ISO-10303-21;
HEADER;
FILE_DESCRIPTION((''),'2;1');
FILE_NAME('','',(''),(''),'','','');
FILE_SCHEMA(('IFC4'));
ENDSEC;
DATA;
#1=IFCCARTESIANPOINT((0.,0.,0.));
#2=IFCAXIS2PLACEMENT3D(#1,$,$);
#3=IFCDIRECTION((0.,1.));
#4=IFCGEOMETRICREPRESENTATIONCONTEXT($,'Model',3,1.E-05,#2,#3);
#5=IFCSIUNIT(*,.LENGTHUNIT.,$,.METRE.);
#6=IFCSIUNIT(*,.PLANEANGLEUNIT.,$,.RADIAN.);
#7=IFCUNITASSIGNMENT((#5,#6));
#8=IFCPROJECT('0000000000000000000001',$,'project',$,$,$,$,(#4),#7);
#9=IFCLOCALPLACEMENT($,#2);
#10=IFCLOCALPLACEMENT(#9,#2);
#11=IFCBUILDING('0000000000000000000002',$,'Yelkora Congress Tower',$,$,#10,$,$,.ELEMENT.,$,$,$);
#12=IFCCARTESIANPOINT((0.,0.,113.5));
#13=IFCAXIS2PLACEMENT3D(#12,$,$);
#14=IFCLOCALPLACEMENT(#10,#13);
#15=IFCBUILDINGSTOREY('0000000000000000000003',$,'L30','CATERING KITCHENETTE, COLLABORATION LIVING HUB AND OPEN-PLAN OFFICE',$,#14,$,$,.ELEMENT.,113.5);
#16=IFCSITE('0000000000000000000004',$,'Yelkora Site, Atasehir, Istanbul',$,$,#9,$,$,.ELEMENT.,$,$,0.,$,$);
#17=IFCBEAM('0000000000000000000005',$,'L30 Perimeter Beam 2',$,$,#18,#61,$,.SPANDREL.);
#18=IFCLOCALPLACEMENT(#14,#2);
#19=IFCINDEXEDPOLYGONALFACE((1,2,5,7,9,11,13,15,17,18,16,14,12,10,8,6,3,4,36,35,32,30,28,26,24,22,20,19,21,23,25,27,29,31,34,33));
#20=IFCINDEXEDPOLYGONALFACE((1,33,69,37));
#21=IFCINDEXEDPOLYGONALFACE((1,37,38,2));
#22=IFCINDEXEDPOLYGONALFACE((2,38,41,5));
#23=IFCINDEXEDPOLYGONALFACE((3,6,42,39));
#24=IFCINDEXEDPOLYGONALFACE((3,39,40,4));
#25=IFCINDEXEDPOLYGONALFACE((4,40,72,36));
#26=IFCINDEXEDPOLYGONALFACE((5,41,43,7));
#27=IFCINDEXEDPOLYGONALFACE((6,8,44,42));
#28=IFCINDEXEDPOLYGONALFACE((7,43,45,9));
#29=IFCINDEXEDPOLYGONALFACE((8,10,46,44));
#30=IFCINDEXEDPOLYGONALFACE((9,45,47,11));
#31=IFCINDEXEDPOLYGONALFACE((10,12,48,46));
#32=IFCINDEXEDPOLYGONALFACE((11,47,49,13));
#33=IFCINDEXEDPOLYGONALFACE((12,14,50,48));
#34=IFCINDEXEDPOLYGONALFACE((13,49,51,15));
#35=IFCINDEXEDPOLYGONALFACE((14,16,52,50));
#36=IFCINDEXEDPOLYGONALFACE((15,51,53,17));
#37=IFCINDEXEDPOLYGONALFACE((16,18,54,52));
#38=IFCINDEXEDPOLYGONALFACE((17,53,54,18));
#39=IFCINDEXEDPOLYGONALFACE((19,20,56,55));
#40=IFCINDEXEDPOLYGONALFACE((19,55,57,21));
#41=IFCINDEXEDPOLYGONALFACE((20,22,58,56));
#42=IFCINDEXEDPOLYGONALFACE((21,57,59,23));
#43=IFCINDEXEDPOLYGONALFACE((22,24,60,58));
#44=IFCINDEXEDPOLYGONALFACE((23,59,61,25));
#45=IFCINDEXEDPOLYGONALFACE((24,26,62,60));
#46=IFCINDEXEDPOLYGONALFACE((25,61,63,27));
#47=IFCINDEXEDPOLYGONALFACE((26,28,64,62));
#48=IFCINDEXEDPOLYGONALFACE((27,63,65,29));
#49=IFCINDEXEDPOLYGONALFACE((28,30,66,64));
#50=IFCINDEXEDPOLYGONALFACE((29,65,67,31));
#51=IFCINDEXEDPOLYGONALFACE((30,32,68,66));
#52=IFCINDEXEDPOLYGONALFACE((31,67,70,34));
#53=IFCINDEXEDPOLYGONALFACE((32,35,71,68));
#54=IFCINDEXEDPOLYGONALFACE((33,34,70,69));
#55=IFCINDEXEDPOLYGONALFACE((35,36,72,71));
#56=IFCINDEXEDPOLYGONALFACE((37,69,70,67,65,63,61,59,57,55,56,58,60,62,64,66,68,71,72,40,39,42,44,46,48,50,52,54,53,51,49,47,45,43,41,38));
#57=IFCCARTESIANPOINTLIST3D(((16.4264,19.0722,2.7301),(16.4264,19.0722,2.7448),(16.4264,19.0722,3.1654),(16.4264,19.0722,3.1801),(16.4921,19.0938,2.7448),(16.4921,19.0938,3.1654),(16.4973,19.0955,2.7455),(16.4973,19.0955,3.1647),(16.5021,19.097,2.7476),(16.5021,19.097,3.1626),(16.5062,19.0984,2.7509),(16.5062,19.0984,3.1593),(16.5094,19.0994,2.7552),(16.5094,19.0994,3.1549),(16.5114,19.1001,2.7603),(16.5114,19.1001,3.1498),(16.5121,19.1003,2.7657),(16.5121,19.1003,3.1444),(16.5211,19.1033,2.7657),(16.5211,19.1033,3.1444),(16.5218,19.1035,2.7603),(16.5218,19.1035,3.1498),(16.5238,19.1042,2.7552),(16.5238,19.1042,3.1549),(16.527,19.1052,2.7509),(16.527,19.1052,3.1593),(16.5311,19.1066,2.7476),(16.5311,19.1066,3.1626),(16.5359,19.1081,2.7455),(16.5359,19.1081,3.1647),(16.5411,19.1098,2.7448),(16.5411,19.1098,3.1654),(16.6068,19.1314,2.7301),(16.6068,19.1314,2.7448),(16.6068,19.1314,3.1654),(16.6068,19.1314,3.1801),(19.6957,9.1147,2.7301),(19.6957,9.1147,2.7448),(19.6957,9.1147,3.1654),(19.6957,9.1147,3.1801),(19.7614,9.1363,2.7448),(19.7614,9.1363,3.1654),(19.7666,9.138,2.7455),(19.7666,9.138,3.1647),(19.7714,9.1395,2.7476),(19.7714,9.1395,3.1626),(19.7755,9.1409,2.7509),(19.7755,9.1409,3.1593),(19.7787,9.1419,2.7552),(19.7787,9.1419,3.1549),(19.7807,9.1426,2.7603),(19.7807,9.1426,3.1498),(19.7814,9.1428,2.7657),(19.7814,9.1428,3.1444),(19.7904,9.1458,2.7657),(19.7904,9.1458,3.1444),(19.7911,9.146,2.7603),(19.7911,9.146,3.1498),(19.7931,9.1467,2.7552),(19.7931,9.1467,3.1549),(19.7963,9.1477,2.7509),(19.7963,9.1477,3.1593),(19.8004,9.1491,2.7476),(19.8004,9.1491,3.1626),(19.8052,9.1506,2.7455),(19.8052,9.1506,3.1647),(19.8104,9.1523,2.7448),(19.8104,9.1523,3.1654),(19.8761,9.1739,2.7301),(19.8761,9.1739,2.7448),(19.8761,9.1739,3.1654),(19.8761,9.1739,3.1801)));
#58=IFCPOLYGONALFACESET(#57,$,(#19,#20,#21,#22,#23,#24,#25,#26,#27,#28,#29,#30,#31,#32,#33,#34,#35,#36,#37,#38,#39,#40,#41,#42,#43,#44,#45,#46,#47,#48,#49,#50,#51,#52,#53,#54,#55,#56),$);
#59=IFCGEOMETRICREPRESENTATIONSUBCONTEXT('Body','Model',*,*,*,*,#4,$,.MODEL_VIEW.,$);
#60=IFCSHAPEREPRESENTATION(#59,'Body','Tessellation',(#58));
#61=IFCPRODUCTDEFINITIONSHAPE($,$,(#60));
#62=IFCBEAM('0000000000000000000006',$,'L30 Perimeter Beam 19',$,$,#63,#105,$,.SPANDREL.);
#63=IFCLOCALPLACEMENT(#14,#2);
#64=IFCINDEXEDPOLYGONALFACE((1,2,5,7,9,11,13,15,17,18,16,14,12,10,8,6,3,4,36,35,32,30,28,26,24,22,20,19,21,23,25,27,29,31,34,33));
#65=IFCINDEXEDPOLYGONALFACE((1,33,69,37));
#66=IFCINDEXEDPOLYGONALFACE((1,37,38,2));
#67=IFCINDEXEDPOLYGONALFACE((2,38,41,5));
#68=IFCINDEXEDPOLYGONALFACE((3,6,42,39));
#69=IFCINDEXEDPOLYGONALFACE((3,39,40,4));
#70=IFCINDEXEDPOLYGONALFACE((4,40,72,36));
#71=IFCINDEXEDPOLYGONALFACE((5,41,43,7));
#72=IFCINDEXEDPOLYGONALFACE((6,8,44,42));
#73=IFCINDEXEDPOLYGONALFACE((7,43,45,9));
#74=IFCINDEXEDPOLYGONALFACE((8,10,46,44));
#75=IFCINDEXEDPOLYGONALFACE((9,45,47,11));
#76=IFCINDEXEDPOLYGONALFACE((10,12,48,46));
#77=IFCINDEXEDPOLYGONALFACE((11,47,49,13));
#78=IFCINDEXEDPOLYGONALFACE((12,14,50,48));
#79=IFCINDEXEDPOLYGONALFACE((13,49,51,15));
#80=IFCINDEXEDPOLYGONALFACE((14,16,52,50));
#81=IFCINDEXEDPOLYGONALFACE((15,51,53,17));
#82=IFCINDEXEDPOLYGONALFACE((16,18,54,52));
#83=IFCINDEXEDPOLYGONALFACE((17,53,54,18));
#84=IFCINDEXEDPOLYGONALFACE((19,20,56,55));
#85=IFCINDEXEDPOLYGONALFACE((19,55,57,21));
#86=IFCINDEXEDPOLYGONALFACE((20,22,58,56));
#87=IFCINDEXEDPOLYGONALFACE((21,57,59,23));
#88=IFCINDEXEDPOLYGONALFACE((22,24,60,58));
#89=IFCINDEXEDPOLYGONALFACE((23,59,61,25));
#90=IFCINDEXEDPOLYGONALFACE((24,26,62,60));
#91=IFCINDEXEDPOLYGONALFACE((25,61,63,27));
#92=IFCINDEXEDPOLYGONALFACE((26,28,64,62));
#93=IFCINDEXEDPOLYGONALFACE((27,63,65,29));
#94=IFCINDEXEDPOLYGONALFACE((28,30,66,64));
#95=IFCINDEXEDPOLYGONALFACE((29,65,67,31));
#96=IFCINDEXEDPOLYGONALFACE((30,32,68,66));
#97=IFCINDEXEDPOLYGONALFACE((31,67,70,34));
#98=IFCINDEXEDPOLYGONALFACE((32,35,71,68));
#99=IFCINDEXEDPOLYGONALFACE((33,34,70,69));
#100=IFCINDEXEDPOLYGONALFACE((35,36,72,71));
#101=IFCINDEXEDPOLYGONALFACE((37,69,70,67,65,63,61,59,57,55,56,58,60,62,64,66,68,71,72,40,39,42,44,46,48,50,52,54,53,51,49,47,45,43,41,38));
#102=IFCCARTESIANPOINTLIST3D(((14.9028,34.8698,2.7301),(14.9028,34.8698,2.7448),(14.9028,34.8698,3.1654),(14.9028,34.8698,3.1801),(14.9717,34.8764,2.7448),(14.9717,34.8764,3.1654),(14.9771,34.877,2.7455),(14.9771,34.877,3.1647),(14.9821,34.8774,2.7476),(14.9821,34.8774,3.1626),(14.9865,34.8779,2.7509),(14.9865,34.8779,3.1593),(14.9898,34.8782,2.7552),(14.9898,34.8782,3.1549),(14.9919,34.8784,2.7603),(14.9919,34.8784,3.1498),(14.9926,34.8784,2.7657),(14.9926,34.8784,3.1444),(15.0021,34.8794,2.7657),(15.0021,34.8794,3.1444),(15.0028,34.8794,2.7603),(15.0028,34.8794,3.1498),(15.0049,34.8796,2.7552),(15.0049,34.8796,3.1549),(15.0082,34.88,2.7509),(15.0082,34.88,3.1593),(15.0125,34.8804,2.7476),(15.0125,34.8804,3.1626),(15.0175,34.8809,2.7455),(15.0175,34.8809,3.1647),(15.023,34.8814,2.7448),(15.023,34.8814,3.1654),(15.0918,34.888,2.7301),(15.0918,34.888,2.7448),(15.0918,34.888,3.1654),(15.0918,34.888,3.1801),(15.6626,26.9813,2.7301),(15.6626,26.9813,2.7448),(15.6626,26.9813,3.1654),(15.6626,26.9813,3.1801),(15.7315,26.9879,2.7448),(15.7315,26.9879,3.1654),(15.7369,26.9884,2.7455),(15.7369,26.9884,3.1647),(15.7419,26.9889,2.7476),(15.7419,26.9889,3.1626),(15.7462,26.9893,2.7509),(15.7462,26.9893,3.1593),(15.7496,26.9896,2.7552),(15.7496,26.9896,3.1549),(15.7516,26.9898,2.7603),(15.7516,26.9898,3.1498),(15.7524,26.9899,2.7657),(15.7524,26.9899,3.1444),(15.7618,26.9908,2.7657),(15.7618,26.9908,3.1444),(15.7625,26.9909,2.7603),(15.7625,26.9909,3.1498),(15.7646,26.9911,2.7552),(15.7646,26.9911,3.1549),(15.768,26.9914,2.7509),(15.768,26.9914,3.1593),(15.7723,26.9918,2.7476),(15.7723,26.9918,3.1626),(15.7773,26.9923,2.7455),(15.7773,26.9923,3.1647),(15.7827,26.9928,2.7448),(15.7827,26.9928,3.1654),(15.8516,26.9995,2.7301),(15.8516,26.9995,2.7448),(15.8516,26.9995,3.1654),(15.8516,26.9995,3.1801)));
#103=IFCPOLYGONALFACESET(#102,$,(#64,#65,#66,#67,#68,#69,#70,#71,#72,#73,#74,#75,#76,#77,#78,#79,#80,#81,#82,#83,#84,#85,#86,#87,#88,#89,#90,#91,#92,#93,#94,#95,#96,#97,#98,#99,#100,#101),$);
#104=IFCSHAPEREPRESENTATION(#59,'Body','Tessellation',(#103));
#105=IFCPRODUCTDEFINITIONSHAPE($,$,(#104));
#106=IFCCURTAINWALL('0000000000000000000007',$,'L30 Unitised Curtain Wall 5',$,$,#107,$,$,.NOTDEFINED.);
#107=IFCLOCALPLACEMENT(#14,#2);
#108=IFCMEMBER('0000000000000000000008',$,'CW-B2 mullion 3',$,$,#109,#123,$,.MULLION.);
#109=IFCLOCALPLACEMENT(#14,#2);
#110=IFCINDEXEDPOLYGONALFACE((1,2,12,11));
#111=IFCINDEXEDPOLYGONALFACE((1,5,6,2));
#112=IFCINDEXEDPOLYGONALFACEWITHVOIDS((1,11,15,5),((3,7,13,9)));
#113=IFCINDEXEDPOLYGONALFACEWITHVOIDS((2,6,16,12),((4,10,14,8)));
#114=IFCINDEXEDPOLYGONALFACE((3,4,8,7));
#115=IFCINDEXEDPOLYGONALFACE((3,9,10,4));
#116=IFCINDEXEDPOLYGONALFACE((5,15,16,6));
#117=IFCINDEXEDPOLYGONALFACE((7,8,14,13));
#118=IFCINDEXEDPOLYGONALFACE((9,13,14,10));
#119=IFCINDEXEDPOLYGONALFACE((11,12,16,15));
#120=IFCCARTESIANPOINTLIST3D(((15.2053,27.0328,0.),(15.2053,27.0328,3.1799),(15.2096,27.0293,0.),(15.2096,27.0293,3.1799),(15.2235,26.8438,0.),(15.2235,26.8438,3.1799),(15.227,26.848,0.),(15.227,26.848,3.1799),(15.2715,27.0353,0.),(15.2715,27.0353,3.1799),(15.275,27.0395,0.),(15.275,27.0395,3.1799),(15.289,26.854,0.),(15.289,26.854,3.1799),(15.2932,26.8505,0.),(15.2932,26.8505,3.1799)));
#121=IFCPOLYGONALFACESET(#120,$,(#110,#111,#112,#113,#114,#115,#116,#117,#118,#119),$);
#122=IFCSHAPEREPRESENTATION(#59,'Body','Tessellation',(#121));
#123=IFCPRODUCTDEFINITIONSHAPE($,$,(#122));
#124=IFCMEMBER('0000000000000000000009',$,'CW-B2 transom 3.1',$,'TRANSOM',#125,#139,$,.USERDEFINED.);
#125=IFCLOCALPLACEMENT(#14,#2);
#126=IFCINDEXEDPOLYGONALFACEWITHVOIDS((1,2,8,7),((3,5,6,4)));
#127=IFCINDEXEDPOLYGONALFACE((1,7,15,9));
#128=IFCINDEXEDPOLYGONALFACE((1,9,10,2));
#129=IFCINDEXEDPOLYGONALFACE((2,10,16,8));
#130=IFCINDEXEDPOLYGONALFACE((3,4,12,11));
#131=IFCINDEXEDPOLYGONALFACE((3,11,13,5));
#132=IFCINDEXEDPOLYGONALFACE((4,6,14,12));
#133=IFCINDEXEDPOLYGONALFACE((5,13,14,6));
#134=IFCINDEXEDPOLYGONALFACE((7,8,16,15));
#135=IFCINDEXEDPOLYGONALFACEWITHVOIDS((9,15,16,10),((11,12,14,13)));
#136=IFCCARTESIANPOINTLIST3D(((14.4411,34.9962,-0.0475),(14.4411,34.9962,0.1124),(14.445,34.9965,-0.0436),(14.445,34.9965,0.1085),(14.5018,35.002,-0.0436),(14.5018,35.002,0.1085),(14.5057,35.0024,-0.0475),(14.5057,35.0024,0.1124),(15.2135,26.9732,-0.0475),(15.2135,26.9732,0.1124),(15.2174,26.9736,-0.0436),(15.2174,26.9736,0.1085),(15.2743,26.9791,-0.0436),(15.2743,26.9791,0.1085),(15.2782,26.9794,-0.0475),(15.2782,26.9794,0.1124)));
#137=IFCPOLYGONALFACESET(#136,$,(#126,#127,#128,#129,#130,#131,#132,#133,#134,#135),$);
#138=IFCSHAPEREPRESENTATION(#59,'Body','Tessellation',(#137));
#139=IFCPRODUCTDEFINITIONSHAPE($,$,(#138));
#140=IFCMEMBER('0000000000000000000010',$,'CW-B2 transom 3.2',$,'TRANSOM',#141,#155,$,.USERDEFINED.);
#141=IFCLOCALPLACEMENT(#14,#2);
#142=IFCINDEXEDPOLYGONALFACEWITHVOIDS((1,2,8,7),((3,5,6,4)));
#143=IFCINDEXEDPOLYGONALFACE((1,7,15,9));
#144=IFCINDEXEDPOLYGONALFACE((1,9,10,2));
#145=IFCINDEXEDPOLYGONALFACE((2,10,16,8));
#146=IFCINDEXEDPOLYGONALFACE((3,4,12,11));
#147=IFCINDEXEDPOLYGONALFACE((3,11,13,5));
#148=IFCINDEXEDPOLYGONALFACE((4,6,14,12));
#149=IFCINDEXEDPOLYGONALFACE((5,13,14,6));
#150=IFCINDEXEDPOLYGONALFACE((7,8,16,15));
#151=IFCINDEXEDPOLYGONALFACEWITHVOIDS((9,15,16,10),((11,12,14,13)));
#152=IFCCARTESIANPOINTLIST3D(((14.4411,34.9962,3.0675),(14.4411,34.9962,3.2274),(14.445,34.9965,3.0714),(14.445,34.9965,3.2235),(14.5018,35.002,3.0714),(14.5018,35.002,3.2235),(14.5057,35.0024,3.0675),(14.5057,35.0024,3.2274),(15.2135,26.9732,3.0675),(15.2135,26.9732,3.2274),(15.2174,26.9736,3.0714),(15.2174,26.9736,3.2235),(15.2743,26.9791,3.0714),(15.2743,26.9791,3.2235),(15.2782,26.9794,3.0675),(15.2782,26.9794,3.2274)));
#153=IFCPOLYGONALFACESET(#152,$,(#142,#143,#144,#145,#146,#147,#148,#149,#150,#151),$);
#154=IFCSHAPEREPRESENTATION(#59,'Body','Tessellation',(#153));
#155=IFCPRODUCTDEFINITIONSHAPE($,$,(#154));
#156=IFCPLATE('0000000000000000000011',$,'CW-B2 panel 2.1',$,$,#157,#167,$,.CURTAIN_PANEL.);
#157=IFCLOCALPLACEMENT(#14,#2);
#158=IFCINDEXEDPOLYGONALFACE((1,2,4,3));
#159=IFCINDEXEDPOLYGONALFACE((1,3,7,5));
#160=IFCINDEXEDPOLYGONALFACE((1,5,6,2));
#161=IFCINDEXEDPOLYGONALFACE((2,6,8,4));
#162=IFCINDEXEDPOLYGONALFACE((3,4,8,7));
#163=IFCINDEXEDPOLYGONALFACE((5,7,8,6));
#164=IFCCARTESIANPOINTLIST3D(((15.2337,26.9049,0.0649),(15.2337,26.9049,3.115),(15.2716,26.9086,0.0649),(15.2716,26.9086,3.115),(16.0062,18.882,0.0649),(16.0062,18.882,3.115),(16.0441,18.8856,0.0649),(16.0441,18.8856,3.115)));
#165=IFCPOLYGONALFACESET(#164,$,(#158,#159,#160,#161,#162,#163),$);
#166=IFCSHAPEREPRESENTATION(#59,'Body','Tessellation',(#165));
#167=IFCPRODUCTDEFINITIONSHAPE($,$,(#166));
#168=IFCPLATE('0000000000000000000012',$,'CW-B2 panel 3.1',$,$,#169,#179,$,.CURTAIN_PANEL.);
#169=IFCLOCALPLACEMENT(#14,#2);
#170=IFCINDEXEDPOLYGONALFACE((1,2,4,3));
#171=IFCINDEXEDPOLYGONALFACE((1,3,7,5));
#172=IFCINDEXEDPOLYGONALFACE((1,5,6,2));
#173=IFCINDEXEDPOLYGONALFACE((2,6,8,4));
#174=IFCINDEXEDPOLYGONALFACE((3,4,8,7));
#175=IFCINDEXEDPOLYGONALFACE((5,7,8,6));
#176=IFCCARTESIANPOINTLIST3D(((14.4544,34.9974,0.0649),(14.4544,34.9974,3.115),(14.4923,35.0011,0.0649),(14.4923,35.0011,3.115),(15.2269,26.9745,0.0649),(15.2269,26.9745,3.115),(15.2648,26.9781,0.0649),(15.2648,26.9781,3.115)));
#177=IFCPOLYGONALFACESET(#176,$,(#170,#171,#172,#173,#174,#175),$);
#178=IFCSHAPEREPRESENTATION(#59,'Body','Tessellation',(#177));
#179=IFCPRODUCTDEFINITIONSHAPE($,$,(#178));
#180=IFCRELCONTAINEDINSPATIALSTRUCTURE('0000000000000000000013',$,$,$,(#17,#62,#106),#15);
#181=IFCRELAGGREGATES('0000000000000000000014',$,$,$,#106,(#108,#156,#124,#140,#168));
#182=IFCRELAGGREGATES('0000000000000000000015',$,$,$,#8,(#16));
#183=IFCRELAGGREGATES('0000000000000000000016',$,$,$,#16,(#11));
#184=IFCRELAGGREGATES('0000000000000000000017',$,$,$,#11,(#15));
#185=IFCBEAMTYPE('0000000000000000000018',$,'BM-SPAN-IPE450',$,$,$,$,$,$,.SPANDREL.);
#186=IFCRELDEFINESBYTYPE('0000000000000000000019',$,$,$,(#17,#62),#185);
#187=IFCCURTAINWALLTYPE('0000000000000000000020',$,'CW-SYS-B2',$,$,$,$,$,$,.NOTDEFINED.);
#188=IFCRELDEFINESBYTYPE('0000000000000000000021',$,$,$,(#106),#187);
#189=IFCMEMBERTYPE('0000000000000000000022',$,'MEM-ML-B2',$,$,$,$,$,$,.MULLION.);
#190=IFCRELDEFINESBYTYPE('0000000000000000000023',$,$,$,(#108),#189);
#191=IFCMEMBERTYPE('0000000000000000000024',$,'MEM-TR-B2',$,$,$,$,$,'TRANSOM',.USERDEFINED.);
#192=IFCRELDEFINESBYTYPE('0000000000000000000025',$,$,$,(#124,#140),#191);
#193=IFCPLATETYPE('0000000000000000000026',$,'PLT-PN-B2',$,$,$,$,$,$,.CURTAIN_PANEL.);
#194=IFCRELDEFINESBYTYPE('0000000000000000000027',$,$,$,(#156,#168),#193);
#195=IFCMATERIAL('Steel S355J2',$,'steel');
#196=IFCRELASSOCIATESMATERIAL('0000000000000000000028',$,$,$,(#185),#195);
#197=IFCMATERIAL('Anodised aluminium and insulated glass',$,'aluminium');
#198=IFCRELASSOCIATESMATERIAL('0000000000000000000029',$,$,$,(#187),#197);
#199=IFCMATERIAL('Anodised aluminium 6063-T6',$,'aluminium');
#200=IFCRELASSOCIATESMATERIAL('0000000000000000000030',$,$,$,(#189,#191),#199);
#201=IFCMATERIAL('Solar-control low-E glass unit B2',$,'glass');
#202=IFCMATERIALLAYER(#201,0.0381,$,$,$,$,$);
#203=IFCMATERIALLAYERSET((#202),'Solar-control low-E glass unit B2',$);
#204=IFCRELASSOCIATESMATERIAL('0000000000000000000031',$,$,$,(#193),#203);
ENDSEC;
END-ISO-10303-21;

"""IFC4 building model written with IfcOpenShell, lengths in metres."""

from ifc_helpers import new_model, si_unit, direction, frame, origin, origin_2d, place, context, subcontext, project, spatial, rectangle, hollow_rectangle, i_section, extrude, material, layer, layer_set, material_profile, profile_set, type_object, element, aggregate, save


model = new_model("IFC4")

# Units and contexts
model_context = context("Model", 3, precision=1e-05, world=origin(), true_north=direction((0.0, 1.0)))
body_context = subcontext(model_context, "Body", "Model", "MODEL_VIEW")
ifc_project = project(units=[si_unit("LENGTHUNIT", "METRE"), si_unit("PLANEANGLEUNIT", "RADIAN")], contexts=[model_context])

# Site, building, storey
site_placement = place(None, origin())
site = spatial("IfcSite", under=ifc_project, at=site_placement, Name="Yelkora Site, Atasehir, Istanbul", CompositionType="ELEMENT", RefElevation=0.0)
building_placement = place(site_placement, origin())
building = spatial("IfcBuilding", under=site, at=building_placement, Name="Yelkora Congress Tower", CompositionType="ELEMENT")
storey_placement = place(building_placement, frame((0.0, 0.0, 113.5)))
storey = spatial("IfcBuildingStorey", under=building, at=storey_placement, Name="L30", Description="CATERING KITCHENETTE, COLLABORATION LIVING HUB AND OPEN-PLAN OFFICE", CompositionType="ELEMENT", Elevation=113.5)

# Beams
ifc_material_1 = material(Name="Steel S355J2", Category="steel")
ifc_material_profile_1 = material_profile(ifc_material_1, i_section(OverallWidth=0.1899, OverallDepth=0.45, WebThickness=0.0095, FlangeThickness=0.0146, FilletRadius=0.021, at=origin_2d()), Name="IPE 450")
ifc_profile_set_1 = profile_set([ifc_material_profile_1], Name="Steel S355J2")
beam_type_1 = type_object("IfcBeamType", Name="BM-SPAN-IPE450", PredefinedType="SPANDREL", material=ifc_profile_set_1)
beam_1_placement = place(storey_placement, frame((16.5166, 19.1018, 2.9551), z_axis=(0.311941, -0.950102, 0.0), x_axis=(0.950102, 0.311941, 0.0)))
element("IfcBeam", 1, at=beam_1_placement, inside=storey, type_object=beam_type_1, Name="L30 Perimeter Beam 2", PredefinedType="SPANDREL", context=body_context, shape_type="SweptSolid", body=[
    extrude(i_section(OverallWidth=0.1899, OverallDepth=0.45, WebThickness=0.0095, FlangeThickness=0.0146, FilletRadius=0.021, at=origin_2d()), origin(), (0.0, 0.0, 1.0), 10.4805),
])
beam_2_placement = place(storey_placement, frame((14.9973, 34.8789, 2.9551), z_axis=(0.09587, -0.995394, 0.0), x_axis=(0.995394, 0.09587, 0.0)))
element("IfcBeam", 2, at=beam_2_placement, inside=storey, type_object=beam_type_1, Name="L30 Perimeter Beam 19", PredefinedType="SPANDREL", context=body_context, shape_type="SweptSolid", body=[
    extrude(i_section(OverallWidth=0.1899, OverallDepth=0.45, WebThickness=0.0095, FlangeThickness=0.0146, FilletRadius=0.021, at=origin_2d()), origin(), (0.0, 0.0, 1.0), 7.925),
])

# Curtain wall, members, plates
ifc_material_2 = material(Name="Anodised aluminium and insulated glass", Category="aluminium")
curtain_wall_type = type_object("IfcCurtainWallType", Name="CW-SYS-B2", PredefinedType="NOTDEFINED", material=ifc_material_2)
curtain_wall_placement = place(storey_placement, origin())
curtain_wall = element("IfcCurtainWall", 3, at=curtain_wall_placement, inside=storey, type_object=curtain_wall_type, Name="L30 Unitised Curtain Wall 5", PredefinedType="NOTDEFINED")
ifc_material_3 = material(Name="Anodised aluminium 6063-T6", Category="aluminium")
ifc_material_profile_2 = material_profile(ifc_material_3, hollow_rectangle(XDim=0.0701, YDim=0.1899, WallThickness=0.0039, at=origin_2d()), Name="ALU 70x190x4")
ifc_profile_set_2 = profile_set([ifc_material_profile_2], Name="Anodised aluminium 6063-T6")
member_type_1 = type_object("IfcMemberType", Name="MEM-ML-B2", PredefinedType="MULLION", material=ifc_profile_set_2)
member_1_placement = place(storey_placement, frame((15.2493, 26.9417, 0.0), z_axis=(0.0, 0.0, 1.0), x_axis=(-0.995397, -0.095843, 0.0)))
member_1 = element("IfcMember", 4, at=member_1_placement, type_object=member_type_1, Name="CW-B2 mullion 3", PredefinedType="MULLION", context=body_context, shape_type="SweptSolid", body=[
    extrude(hollow_rectangle(XDim=0.0701, YDim=0.1899, WallThickness=0.0039, at=origin_2d()), origin(), (0.0, 0.0, 1.0), 3.1799),
])
ifc_material_profile_3 = material_profile(ifc_material_3, hollow_rectangle(XDim=0.0649, YDim=0.1599, WallThickness=0.0039, at=origin_2d()), Name="ALU 65x160x4")
ifc_profile_set_3 = profile_set([ifc_material_profile_3], Name="Anodised aluminium 6063-T6")
member_type_2 = type_object("IfcMemberType", Name="MEM-TR-B2", ElementType="TRANSOM", PredefinedType="USERDEFINED", material=ifc_profile_set_3)
member_2_placement = place(storey_placement, frame((15.2458, 26.9763, 0.0325), z_axis=(-0.095838, 0.995397, 0.0), x_axis=(-0.995397, -0.095838, 0.0)))
member_2 = element("IfcMember", 5, at=member_2_placement, type_object=member_type_2, Name="CW-B2 transom 3.1", ObjectType="TRANSOM", PredefinedType="USERDEFINED", context=body_context, shape_type="SweptSolid", body=[
    extrude(hollow_rectangle(XDim=0.0649, YDim=0.1599, WallThickness=0.0039, at=origin_2d()), origin(), (0.0, 0.0, 1.0), 8.0601),
])
member_3_placement = place(storey_placement, frame((15.2458, 26.9763, 3.1475), z_axis=(-0.095838, 0.995397, 0.0), x_axis=(-0.995397, -0.095838, 0.0)))
member_3 = element("IfcMember", 6, at=member_3_placement, type_object=member_type_2, Name="CW-B2 transom 3.2", ObjectType="TRANSOM", PredefinedType="USERDEFINED", context=body_context, shape_type="SweptSolid", body=[
    extrude(hollow_rectangle(XDim=0.0649, YDim=0.1599, WallThickness=0.0039, at=origin_2d()), origin(), (0.0, 0.0, 1.0), 8.0601),
])
ifc_material_4 = material(Name="Solar-control low-E glass unit B2", Category="glass")
ifc_layer_1 = layer(ifc_material_4, 0.0381)
ifc_layer_set_1 = layer_set([ifc_layer_1], Name="Solar-control low-E glass unit B2")
plate_type = type_object("IfcPlateType", Name="PLT-PN-B2", PredefinedType="CURTAIN_PANEL", material=ifc_layer_set_1)
plate_1_placement = place(storey_placement, frame((15.6389, 22.8953, 0.0649), z_axis=(0.0, 0.0, 1.0), x_axis=(-0.095843, 0.995397, 0.0)))
plate_1 = element("IfcPlate", 7, at=plate_1_placement, type_object=plate_type, Name="CW-B2 panel 2.1", PredefinedType="CURTAIN_PANEL", context=body_context, shape_type="SweptSolid", body=[
    extrude(rectangle(XDim=8.0601, YDim=0.0381, at=origin_2d()), origin(), (0.0, 0.0, 1.0), 3.05),
])
plate_2_placement = place(storey_placement, frame((14.8596, 30.9878, 0.0649), z_axis=(0.0, 0.0, 1.0), x_axis=(-0.095843, 0.995397, 0.0)))
plate_2 = element("IfcPlate", 8, at=plate_2_placement, type_object=plate_type, Name="CW-B2 panel 3.1", PredefinedType="CURTAIN_PANEL", context=body_context, shape_type="SweptSolid", body=[
    extrude(rectangle(XDim=8.0601, YDim=0.0381, at=origin_2d()), origin(), (0.0, 0.0, 1.0), 3.05),
])
aggregate(curtain_wall, [member_1, plate_1, member_2, member_3, plate_2])

save(model, "model.ifc")
